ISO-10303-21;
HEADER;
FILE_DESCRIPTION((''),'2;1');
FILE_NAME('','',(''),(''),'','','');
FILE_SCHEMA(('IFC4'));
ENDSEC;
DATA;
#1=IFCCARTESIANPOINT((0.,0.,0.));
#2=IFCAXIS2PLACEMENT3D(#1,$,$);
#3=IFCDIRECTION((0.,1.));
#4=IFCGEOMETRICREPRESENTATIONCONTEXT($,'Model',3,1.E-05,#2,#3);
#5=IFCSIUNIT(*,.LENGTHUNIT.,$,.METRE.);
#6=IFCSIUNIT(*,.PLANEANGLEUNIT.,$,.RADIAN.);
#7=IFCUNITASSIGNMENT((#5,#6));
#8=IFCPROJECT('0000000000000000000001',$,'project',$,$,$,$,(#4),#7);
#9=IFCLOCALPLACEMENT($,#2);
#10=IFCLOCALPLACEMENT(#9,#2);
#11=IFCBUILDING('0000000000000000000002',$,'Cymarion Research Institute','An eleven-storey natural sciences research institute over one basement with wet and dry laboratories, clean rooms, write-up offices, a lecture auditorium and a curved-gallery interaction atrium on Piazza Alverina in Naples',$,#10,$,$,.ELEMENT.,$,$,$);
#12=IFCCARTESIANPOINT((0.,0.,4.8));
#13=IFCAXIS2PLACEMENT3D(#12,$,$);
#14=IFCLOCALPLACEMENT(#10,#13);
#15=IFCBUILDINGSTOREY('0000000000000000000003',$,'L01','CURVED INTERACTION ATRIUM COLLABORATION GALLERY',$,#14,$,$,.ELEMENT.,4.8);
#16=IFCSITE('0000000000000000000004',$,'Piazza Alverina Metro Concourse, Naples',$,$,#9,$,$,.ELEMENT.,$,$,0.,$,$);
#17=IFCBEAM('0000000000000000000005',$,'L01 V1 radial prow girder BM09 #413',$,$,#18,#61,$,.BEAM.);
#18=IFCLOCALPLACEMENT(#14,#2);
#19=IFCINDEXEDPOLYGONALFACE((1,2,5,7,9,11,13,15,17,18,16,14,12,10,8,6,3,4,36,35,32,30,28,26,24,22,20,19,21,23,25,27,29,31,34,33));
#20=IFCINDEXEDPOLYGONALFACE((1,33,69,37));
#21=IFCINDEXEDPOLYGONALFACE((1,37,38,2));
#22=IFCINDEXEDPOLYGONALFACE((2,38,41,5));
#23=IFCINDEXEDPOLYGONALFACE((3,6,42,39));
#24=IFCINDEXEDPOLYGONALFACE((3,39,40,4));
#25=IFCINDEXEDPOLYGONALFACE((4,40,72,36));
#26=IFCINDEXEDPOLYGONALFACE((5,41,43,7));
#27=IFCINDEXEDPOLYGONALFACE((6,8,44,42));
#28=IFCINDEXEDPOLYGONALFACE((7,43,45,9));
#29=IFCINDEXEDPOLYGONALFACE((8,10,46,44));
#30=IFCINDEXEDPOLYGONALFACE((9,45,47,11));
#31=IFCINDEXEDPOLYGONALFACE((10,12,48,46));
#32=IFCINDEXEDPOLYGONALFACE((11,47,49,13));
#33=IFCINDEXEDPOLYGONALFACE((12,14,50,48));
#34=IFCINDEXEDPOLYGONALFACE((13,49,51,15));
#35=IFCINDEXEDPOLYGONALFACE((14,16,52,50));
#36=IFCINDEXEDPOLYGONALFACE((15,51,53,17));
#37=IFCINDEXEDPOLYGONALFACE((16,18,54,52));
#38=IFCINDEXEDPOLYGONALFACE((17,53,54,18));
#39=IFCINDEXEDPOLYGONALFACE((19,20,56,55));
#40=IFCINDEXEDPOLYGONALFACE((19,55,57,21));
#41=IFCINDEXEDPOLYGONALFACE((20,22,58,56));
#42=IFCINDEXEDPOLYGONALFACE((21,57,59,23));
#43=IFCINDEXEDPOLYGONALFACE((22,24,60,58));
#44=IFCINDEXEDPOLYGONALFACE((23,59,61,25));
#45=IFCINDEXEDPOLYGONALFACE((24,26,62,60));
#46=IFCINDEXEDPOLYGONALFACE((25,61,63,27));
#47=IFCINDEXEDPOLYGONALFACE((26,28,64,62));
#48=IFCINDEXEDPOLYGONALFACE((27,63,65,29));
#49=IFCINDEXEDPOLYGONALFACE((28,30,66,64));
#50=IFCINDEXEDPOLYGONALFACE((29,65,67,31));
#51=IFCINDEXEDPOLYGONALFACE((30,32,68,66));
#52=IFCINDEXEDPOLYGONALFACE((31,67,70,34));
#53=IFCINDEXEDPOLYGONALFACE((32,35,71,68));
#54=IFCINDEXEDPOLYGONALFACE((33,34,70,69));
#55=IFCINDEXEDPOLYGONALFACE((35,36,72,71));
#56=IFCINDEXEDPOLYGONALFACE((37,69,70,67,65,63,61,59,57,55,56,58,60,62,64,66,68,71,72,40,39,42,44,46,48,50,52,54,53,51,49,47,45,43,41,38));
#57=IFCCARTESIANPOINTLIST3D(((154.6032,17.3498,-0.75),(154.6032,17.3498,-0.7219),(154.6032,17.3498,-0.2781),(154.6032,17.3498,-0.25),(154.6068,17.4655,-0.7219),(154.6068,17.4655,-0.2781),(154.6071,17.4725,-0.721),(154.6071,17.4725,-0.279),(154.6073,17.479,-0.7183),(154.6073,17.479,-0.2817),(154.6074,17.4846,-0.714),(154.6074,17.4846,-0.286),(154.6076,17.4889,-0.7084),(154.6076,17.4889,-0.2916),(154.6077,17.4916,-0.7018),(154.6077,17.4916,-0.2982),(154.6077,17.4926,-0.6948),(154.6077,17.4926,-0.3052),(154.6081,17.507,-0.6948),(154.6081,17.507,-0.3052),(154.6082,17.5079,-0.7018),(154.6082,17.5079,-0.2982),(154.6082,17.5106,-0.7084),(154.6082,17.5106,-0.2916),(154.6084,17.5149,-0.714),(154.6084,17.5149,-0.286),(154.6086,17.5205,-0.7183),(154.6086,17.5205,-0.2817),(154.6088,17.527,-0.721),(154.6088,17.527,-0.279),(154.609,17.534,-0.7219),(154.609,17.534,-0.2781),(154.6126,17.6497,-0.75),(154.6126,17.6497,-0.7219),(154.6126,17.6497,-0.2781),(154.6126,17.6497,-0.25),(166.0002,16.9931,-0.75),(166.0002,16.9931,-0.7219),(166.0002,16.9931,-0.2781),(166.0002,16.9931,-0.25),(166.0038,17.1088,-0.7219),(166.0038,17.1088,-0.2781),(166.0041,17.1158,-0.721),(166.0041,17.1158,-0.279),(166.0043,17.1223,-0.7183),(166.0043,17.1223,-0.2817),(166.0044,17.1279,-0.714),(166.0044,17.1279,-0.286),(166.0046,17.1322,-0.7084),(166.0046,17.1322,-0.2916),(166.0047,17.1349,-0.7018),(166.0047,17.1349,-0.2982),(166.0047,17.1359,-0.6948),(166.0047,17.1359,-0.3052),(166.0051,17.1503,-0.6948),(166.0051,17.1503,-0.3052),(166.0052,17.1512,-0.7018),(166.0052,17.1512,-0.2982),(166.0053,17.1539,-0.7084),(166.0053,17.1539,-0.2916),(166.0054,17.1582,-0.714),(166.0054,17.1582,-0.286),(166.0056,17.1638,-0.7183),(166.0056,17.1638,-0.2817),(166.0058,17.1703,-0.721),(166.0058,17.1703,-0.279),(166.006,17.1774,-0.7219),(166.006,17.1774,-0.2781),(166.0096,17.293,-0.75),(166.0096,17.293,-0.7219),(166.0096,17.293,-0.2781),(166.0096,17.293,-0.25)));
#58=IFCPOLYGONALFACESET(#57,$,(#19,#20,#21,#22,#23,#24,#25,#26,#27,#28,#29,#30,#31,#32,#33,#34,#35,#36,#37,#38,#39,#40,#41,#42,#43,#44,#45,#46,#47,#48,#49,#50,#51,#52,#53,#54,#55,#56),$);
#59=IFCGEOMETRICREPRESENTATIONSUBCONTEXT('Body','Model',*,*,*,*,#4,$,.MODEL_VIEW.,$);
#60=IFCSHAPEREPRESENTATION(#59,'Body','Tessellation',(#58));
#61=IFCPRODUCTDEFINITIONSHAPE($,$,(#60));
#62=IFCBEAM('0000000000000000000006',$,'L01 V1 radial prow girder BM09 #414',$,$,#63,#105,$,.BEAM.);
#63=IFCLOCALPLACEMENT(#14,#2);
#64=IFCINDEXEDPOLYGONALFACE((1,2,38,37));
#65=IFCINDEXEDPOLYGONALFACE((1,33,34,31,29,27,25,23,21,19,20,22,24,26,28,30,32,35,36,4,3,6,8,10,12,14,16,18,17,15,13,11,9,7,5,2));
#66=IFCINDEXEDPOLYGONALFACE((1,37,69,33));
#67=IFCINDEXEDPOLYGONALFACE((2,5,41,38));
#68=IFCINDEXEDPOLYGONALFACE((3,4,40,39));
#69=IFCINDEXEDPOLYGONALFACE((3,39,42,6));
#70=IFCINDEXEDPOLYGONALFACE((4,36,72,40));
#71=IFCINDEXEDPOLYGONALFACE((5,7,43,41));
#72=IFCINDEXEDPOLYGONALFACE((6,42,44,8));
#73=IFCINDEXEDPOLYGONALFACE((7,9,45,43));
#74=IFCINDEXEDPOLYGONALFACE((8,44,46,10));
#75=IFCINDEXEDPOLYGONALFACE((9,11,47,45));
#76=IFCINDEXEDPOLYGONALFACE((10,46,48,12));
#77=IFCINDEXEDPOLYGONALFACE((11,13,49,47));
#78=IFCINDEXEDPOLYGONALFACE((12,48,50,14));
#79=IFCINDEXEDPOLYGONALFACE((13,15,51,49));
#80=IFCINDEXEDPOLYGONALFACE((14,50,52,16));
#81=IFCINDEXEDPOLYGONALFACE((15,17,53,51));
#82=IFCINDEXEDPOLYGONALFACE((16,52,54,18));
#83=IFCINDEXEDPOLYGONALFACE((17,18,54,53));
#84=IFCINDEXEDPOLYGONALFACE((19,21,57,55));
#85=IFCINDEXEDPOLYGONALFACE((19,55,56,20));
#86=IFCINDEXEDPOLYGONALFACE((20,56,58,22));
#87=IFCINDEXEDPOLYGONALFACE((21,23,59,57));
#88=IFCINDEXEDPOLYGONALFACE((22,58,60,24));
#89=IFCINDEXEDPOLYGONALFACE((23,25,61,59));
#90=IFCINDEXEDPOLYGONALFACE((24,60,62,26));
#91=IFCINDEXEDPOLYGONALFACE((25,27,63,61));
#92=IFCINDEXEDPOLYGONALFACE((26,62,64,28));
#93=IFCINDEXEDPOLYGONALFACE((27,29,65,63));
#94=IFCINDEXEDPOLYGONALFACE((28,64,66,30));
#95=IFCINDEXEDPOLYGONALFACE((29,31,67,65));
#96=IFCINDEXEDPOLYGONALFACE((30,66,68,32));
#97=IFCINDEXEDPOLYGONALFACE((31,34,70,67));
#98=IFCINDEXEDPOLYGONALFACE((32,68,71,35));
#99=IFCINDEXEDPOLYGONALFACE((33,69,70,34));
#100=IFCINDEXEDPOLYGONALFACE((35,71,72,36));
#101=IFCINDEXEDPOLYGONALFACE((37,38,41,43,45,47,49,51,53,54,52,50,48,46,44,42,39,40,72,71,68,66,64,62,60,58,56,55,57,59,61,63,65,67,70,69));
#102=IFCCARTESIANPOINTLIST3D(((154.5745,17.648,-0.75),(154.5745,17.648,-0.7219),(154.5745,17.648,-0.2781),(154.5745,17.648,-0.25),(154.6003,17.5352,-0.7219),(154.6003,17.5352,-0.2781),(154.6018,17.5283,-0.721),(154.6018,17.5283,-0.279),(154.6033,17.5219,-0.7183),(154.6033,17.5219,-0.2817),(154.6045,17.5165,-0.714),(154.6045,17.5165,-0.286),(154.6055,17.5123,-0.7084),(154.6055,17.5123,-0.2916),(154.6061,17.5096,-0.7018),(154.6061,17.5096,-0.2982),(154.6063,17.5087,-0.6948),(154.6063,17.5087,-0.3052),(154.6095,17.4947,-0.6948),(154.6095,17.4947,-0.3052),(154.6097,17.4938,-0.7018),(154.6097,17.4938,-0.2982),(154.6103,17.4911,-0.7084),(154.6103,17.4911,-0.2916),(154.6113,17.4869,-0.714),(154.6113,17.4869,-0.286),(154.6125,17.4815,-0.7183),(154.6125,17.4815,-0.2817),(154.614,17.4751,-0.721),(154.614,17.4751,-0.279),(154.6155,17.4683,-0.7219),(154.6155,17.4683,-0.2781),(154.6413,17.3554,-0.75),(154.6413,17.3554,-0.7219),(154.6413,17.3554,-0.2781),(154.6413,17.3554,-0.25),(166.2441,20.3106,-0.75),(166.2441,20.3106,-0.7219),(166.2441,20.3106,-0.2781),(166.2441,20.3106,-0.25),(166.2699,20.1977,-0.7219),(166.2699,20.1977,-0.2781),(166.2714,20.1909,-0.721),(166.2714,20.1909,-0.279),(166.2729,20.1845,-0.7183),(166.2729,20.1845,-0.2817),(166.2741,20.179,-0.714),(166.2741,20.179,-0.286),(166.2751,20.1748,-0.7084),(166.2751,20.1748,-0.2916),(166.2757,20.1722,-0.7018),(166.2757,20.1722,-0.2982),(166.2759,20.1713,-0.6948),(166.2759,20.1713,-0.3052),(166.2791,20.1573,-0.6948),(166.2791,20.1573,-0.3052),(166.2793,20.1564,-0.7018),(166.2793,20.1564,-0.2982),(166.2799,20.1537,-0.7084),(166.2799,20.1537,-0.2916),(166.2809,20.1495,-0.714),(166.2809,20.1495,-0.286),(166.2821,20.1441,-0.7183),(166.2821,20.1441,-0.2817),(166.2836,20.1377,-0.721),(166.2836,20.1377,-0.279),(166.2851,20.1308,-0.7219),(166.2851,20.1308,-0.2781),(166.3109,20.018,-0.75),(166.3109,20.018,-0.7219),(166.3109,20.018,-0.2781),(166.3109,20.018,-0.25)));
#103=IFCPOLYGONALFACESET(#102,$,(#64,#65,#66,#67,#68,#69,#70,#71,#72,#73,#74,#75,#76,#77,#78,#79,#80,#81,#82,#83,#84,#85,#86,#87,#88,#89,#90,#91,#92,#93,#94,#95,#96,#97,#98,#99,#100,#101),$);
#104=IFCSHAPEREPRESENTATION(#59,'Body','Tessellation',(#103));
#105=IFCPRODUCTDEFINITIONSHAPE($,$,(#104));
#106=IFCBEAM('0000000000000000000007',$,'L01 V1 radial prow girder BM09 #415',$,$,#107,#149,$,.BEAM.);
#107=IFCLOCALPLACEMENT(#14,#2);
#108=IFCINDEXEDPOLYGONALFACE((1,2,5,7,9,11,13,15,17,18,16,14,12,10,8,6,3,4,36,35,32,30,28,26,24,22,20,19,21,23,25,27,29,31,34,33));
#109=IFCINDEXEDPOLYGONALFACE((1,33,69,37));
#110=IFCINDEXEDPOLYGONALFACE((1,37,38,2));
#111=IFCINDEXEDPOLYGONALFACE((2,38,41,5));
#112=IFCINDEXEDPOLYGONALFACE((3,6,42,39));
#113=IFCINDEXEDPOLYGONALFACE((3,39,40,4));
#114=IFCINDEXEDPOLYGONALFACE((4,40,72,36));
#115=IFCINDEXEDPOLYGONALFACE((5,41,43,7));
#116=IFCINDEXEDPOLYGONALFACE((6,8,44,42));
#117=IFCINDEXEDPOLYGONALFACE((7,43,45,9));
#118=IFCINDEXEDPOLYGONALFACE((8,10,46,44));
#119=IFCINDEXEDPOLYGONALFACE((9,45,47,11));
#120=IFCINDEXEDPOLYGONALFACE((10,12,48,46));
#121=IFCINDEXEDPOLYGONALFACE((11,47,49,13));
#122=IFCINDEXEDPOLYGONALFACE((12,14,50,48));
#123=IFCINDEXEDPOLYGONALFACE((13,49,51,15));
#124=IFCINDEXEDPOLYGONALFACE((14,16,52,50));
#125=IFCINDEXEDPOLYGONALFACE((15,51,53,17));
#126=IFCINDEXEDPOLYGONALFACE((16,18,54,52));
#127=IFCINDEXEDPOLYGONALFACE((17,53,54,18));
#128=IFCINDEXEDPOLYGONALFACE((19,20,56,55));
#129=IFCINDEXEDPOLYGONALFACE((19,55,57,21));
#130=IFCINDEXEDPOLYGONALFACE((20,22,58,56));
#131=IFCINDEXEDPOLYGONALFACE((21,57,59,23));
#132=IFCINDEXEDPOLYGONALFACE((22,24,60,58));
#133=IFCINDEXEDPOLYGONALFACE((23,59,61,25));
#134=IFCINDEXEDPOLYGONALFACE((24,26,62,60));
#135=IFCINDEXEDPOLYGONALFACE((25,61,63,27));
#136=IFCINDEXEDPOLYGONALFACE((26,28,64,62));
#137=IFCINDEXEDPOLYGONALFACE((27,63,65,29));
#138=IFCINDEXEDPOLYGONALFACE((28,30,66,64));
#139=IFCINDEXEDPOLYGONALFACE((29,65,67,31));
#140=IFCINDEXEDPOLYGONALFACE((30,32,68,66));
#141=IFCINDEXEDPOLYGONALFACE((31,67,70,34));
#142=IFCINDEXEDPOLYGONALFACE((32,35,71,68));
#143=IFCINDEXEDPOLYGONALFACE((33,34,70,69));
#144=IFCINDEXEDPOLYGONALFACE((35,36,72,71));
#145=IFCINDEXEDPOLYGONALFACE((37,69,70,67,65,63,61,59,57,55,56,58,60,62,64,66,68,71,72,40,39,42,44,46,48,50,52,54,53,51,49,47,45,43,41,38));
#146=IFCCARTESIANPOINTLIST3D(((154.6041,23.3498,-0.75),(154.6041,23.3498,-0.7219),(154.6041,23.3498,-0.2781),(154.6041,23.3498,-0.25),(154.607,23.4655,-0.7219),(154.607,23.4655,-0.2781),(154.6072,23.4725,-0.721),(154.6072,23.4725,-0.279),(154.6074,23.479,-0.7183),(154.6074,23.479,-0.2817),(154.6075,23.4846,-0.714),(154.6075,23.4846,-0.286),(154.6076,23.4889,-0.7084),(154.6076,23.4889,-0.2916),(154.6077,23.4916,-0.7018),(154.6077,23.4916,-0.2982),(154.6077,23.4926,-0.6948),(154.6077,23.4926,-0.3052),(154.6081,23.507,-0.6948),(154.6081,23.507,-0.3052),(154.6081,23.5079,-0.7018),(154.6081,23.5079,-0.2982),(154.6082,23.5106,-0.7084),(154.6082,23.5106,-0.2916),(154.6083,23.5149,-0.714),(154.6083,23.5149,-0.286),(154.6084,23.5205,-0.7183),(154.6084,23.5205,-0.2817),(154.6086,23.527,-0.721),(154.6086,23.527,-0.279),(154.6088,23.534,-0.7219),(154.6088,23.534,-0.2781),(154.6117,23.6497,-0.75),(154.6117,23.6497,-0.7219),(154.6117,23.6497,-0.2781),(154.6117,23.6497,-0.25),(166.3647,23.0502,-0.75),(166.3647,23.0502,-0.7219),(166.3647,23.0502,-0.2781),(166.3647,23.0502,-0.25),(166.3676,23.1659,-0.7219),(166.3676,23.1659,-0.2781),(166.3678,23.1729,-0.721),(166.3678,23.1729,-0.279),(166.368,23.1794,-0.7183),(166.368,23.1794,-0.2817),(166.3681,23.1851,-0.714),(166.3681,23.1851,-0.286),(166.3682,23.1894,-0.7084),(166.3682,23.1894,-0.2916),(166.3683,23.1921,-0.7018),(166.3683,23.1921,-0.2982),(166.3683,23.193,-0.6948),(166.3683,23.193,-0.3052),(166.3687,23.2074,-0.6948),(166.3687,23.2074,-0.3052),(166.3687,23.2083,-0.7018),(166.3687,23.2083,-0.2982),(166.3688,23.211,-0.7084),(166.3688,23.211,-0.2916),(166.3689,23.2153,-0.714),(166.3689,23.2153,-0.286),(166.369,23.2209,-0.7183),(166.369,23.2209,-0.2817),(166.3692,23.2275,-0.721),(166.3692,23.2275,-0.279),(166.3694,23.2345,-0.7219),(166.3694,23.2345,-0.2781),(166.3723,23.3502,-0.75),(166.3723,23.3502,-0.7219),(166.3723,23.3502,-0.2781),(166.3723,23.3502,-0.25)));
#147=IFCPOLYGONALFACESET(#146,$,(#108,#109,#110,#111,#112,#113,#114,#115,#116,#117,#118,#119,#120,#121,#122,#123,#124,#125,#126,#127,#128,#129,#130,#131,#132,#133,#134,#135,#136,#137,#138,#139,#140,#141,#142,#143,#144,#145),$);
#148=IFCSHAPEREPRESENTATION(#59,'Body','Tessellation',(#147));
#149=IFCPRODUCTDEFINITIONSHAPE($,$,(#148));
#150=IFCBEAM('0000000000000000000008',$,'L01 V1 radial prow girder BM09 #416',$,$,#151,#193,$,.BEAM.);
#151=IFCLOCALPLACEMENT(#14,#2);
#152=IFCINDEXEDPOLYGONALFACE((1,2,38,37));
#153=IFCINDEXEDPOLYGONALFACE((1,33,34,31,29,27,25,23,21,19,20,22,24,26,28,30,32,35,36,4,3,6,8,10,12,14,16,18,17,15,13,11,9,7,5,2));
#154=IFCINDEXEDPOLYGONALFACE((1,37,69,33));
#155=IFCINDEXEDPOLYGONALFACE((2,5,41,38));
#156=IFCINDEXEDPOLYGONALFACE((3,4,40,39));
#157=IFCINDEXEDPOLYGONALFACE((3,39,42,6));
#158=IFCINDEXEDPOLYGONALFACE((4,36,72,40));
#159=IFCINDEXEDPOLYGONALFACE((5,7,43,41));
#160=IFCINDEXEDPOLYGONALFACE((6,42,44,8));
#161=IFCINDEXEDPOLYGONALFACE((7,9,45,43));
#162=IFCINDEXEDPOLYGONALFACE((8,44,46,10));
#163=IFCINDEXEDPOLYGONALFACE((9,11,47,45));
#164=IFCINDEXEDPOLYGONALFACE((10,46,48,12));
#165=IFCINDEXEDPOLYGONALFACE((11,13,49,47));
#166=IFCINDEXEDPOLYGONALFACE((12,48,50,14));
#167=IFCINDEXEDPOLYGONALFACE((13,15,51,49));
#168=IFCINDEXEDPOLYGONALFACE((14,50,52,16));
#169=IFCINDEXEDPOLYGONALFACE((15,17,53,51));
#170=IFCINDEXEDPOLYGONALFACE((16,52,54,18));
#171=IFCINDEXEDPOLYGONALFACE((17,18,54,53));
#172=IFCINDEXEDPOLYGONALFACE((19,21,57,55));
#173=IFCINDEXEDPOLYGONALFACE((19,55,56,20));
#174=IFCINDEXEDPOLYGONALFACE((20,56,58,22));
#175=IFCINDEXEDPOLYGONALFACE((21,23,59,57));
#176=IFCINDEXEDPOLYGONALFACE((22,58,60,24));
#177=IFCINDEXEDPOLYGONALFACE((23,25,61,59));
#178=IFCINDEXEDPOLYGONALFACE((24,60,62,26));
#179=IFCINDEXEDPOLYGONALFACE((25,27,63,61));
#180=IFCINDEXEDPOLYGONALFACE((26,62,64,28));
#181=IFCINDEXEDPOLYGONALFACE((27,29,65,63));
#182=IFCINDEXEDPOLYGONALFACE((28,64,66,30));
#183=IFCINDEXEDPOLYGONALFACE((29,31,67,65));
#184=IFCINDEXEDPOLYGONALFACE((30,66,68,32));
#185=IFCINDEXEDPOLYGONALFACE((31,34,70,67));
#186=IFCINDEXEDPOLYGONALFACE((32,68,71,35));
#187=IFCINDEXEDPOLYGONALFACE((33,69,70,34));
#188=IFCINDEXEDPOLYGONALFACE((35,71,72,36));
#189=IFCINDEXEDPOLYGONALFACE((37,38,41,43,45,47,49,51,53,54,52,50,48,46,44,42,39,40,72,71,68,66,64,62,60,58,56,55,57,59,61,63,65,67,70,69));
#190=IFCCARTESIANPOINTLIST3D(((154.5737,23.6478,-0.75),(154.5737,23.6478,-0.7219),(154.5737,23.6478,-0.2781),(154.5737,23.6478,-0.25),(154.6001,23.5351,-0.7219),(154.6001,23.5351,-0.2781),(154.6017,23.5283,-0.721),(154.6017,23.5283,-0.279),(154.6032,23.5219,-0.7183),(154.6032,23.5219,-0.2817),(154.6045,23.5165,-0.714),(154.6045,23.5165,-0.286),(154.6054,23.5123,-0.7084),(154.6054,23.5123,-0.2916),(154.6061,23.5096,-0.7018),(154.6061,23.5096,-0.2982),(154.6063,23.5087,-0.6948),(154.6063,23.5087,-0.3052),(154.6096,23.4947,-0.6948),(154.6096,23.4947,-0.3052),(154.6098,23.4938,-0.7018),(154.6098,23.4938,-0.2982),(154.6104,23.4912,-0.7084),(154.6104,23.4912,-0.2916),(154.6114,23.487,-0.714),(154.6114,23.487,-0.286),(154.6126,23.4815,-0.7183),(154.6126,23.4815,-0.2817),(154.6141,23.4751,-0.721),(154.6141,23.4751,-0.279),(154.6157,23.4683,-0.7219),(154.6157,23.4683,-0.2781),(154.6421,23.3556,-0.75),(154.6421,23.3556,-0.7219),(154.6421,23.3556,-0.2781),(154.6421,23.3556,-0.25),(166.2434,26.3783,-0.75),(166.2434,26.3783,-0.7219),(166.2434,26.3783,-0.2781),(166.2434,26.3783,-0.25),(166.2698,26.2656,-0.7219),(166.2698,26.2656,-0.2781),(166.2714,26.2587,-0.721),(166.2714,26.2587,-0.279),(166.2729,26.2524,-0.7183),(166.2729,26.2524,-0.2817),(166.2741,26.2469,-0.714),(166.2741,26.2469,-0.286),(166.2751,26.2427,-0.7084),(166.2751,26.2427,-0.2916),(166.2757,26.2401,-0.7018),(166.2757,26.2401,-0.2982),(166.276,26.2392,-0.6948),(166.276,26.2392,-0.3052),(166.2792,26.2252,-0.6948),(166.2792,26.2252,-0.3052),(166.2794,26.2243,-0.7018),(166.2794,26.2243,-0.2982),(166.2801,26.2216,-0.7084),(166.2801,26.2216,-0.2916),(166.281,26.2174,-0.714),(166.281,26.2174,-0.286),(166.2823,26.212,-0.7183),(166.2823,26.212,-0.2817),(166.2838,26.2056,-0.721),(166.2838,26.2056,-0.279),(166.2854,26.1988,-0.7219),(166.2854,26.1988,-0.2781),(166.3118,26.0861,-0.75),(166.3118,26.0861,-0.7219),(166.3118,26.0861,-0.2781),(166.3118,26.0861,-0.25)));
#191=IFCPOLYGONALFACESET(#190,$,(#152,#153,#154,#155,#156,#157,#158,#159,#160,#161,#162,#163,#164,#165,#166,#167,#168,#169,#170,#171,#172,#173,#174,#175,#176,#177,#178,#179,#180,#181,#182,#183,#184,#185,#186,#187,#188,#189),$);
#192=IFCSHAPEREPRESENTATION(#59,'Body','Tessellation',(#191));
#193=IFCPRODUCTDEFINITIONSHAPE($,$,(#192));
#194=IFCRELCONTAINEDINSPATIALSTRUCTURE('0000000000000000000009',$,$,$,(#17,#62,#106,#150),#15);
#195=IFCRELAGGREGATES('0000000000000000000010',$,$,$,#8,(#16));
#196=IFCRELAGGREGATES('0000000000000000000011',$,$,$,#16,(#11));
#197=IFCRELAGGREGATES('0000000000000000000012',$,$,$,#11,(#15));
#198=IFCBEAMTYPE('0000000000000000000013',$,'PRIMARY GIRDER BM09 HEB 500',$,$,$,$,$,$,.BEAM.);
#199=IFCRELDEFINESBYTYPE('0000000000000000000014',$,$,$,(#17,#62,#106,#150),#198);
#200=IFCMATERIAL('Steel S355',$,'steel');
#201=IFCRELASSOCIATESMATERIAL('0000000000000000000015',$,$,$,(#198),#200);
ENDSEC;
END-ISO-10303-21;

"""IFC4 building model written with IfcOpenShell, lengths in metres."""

from ifc_helpers import new_model, si_unit, direction, frame, origin, origin_2d, place, context, subcontext, project, spatial, i_section, extrude, material, material_profile, profile_set, type_object, element, save


model = new_model("IFC4")

# Units and contexts
model_context = context("Model", 3, precision=1e-05, world=origin(), true_north=direction((0.0, 1.0)))
body_context = subcontext(model_context, "Body", "Model", "MODEL_VIEW")
ifc_project = project(units=[si_unit("LENGTHUNIT", "METRE"), si_unit("PLANEANGLEUNIT", "RADIAN")], contexts=[model_context])

# Site, building, storey
site_placement = place(None, origin())
site = spatial("IfcSite", under=ifc_project, at=site_placement, Name="Piazza Alverina Metro Concourse, Naples", CompositionType="ELEMENT", RefElevation=0.0)
building_placement = place(site_placement, origin())
building = spatial("IfcBuilding", under=site, at=building_placement, Name="Cymarion Research Institute", Description="An eleven-storey natural sciences research institute over one basement with wet and dry laboratories, clean rooms, write-up offices, a lecture auditorium and a curved-gallery interaction atrium on Piazza Alverina in Naples", CompositionType="ELEMENT")
storey_placement = place(building_placement, frame((0.0, 0.0, 4.8)))
storey = spatial("IfcBuildingStorey", under=building, at=storey_placement, Name="L01", Description="CURVED INTERACTION ATRIUM COLLABORATION GALLERY", CompositionType="ELEMENT", Elevation=4.8)

# Shared definitions
ifc_material_1 = material(Name="Steel S355", Category="steel")

# Beams
ifc_material_profile_1 = material_profile(ifc_material_1, i_section(OverallWidth=0.3, OverallDepth=0.5, WebThickness=0.0144, FlangeThickness=0.0281, FilletRadius=0.0271, at=origin_2d()), Name="HEB 500")
ifc_profile_set_1 = profile_set([ifc_material_profile_1], Name="Steel S355")
beam_type_1 = type_object("IfcBeamType", Name="PRIMARY GIRDER BM09 HEB 500", PredefinedType="BEAM", material=ifc_profile_set_1)
beam_1_placement = place(storey_placement, frame((154.6079, 17.4998, -0.5), z_axis=(0.999511, -0.031282, 0.0), x_axis=(0.031282, 0.999511, 0.0)))
element("IfcBeam", 1, at=beam_1_placement, inside=storey, type_object=beam_type_1, Name="L01 V1 radial prow girder BM09 #413", PredefinedType="BEAM", context=body_context, shape_type="SweptSolid", body=[
    extrude(i_section(OverallWidth=0.3, OverallDepth=0.5, WebThickness=0.0144, FlangeThickness=0.0281, FilletRadius=0.0271, at=origin_2d()), origin(), (0.0, 0.0, 1.0), 11.4026),
])
beam_2_placement = place(storey_placement, frame((154.6079, 17.5017, -0.5), z_axis=(0.974945, 0.222447, 0.0), x_axis=(-0.222447, 0.974945, 0.0)))
element("IfcBeam", 2, at=beam_2_placement, inside=storey, type_object=beam_type_1, Name="L01 V1 radial prow girder BM09 #414", PredefinedType="BEAM", context=body_context, shape_type="SweptSolid", body=[
    extrude(i_section(OverallWidth=0.3, OverallDepth=0.5, WebThickness=0.0144, FlangeThickness=0.0281, FilletRadius=0.0271, at=origin_2d()), origin(), (0.0, 0.0, 1.0), 11.9695),
])
beam_3_placement = place(storey_placement, frame((154.6079, 23.4998, -0.5), z_axis=(0.999676, -0.025463, 0.0), x_axis=(0.025463, 0.999676, 0.0)))
element("IfcBeam", 3, at=beam_3_placement, inside=storey, type_object=beam_type_1, Name="L01 V1 radial prow girder BM09 #415", PredefinedType="BEAM", context=body_context, shape_type="SweptSolid", body=[
    extrude(i_section(OverallWidth=0.3, OverallDepth=0.5, WebThickness=0.0144, FlangeThickness=0.0281, FilletRadius=0.0271, at=origin_2d()), origin(), (0.0, 0.0, 1.0), 11.7644),
])
beam_4_placement = place(storey_placement, frame((154.6079, 23.5017, -0.5), z_axis=(0.973702, 0.227827, 0.0), x_axis=(-0.227827, 0.973702, 0.0)))
element("IfcBeam", 4, at=beam_4_placement, inside=storey, type_object=beam_type_1, Name="L01 V1 radial prow girder BM09 #416", PredefinedType="BEAM", context=body_context, shape_type="SweptSolid", body=[
    extrude(i_section(OverallWidth=0.3, OverallDepth=0.5, WebThickness=0.0144, FlangeThickness=0.0281, FilletRadius=0.0271, at=origin_2d()), origin(), (0.0, 0.0, 1.0), 11.9849),
])

save(model, "model.ifc")
